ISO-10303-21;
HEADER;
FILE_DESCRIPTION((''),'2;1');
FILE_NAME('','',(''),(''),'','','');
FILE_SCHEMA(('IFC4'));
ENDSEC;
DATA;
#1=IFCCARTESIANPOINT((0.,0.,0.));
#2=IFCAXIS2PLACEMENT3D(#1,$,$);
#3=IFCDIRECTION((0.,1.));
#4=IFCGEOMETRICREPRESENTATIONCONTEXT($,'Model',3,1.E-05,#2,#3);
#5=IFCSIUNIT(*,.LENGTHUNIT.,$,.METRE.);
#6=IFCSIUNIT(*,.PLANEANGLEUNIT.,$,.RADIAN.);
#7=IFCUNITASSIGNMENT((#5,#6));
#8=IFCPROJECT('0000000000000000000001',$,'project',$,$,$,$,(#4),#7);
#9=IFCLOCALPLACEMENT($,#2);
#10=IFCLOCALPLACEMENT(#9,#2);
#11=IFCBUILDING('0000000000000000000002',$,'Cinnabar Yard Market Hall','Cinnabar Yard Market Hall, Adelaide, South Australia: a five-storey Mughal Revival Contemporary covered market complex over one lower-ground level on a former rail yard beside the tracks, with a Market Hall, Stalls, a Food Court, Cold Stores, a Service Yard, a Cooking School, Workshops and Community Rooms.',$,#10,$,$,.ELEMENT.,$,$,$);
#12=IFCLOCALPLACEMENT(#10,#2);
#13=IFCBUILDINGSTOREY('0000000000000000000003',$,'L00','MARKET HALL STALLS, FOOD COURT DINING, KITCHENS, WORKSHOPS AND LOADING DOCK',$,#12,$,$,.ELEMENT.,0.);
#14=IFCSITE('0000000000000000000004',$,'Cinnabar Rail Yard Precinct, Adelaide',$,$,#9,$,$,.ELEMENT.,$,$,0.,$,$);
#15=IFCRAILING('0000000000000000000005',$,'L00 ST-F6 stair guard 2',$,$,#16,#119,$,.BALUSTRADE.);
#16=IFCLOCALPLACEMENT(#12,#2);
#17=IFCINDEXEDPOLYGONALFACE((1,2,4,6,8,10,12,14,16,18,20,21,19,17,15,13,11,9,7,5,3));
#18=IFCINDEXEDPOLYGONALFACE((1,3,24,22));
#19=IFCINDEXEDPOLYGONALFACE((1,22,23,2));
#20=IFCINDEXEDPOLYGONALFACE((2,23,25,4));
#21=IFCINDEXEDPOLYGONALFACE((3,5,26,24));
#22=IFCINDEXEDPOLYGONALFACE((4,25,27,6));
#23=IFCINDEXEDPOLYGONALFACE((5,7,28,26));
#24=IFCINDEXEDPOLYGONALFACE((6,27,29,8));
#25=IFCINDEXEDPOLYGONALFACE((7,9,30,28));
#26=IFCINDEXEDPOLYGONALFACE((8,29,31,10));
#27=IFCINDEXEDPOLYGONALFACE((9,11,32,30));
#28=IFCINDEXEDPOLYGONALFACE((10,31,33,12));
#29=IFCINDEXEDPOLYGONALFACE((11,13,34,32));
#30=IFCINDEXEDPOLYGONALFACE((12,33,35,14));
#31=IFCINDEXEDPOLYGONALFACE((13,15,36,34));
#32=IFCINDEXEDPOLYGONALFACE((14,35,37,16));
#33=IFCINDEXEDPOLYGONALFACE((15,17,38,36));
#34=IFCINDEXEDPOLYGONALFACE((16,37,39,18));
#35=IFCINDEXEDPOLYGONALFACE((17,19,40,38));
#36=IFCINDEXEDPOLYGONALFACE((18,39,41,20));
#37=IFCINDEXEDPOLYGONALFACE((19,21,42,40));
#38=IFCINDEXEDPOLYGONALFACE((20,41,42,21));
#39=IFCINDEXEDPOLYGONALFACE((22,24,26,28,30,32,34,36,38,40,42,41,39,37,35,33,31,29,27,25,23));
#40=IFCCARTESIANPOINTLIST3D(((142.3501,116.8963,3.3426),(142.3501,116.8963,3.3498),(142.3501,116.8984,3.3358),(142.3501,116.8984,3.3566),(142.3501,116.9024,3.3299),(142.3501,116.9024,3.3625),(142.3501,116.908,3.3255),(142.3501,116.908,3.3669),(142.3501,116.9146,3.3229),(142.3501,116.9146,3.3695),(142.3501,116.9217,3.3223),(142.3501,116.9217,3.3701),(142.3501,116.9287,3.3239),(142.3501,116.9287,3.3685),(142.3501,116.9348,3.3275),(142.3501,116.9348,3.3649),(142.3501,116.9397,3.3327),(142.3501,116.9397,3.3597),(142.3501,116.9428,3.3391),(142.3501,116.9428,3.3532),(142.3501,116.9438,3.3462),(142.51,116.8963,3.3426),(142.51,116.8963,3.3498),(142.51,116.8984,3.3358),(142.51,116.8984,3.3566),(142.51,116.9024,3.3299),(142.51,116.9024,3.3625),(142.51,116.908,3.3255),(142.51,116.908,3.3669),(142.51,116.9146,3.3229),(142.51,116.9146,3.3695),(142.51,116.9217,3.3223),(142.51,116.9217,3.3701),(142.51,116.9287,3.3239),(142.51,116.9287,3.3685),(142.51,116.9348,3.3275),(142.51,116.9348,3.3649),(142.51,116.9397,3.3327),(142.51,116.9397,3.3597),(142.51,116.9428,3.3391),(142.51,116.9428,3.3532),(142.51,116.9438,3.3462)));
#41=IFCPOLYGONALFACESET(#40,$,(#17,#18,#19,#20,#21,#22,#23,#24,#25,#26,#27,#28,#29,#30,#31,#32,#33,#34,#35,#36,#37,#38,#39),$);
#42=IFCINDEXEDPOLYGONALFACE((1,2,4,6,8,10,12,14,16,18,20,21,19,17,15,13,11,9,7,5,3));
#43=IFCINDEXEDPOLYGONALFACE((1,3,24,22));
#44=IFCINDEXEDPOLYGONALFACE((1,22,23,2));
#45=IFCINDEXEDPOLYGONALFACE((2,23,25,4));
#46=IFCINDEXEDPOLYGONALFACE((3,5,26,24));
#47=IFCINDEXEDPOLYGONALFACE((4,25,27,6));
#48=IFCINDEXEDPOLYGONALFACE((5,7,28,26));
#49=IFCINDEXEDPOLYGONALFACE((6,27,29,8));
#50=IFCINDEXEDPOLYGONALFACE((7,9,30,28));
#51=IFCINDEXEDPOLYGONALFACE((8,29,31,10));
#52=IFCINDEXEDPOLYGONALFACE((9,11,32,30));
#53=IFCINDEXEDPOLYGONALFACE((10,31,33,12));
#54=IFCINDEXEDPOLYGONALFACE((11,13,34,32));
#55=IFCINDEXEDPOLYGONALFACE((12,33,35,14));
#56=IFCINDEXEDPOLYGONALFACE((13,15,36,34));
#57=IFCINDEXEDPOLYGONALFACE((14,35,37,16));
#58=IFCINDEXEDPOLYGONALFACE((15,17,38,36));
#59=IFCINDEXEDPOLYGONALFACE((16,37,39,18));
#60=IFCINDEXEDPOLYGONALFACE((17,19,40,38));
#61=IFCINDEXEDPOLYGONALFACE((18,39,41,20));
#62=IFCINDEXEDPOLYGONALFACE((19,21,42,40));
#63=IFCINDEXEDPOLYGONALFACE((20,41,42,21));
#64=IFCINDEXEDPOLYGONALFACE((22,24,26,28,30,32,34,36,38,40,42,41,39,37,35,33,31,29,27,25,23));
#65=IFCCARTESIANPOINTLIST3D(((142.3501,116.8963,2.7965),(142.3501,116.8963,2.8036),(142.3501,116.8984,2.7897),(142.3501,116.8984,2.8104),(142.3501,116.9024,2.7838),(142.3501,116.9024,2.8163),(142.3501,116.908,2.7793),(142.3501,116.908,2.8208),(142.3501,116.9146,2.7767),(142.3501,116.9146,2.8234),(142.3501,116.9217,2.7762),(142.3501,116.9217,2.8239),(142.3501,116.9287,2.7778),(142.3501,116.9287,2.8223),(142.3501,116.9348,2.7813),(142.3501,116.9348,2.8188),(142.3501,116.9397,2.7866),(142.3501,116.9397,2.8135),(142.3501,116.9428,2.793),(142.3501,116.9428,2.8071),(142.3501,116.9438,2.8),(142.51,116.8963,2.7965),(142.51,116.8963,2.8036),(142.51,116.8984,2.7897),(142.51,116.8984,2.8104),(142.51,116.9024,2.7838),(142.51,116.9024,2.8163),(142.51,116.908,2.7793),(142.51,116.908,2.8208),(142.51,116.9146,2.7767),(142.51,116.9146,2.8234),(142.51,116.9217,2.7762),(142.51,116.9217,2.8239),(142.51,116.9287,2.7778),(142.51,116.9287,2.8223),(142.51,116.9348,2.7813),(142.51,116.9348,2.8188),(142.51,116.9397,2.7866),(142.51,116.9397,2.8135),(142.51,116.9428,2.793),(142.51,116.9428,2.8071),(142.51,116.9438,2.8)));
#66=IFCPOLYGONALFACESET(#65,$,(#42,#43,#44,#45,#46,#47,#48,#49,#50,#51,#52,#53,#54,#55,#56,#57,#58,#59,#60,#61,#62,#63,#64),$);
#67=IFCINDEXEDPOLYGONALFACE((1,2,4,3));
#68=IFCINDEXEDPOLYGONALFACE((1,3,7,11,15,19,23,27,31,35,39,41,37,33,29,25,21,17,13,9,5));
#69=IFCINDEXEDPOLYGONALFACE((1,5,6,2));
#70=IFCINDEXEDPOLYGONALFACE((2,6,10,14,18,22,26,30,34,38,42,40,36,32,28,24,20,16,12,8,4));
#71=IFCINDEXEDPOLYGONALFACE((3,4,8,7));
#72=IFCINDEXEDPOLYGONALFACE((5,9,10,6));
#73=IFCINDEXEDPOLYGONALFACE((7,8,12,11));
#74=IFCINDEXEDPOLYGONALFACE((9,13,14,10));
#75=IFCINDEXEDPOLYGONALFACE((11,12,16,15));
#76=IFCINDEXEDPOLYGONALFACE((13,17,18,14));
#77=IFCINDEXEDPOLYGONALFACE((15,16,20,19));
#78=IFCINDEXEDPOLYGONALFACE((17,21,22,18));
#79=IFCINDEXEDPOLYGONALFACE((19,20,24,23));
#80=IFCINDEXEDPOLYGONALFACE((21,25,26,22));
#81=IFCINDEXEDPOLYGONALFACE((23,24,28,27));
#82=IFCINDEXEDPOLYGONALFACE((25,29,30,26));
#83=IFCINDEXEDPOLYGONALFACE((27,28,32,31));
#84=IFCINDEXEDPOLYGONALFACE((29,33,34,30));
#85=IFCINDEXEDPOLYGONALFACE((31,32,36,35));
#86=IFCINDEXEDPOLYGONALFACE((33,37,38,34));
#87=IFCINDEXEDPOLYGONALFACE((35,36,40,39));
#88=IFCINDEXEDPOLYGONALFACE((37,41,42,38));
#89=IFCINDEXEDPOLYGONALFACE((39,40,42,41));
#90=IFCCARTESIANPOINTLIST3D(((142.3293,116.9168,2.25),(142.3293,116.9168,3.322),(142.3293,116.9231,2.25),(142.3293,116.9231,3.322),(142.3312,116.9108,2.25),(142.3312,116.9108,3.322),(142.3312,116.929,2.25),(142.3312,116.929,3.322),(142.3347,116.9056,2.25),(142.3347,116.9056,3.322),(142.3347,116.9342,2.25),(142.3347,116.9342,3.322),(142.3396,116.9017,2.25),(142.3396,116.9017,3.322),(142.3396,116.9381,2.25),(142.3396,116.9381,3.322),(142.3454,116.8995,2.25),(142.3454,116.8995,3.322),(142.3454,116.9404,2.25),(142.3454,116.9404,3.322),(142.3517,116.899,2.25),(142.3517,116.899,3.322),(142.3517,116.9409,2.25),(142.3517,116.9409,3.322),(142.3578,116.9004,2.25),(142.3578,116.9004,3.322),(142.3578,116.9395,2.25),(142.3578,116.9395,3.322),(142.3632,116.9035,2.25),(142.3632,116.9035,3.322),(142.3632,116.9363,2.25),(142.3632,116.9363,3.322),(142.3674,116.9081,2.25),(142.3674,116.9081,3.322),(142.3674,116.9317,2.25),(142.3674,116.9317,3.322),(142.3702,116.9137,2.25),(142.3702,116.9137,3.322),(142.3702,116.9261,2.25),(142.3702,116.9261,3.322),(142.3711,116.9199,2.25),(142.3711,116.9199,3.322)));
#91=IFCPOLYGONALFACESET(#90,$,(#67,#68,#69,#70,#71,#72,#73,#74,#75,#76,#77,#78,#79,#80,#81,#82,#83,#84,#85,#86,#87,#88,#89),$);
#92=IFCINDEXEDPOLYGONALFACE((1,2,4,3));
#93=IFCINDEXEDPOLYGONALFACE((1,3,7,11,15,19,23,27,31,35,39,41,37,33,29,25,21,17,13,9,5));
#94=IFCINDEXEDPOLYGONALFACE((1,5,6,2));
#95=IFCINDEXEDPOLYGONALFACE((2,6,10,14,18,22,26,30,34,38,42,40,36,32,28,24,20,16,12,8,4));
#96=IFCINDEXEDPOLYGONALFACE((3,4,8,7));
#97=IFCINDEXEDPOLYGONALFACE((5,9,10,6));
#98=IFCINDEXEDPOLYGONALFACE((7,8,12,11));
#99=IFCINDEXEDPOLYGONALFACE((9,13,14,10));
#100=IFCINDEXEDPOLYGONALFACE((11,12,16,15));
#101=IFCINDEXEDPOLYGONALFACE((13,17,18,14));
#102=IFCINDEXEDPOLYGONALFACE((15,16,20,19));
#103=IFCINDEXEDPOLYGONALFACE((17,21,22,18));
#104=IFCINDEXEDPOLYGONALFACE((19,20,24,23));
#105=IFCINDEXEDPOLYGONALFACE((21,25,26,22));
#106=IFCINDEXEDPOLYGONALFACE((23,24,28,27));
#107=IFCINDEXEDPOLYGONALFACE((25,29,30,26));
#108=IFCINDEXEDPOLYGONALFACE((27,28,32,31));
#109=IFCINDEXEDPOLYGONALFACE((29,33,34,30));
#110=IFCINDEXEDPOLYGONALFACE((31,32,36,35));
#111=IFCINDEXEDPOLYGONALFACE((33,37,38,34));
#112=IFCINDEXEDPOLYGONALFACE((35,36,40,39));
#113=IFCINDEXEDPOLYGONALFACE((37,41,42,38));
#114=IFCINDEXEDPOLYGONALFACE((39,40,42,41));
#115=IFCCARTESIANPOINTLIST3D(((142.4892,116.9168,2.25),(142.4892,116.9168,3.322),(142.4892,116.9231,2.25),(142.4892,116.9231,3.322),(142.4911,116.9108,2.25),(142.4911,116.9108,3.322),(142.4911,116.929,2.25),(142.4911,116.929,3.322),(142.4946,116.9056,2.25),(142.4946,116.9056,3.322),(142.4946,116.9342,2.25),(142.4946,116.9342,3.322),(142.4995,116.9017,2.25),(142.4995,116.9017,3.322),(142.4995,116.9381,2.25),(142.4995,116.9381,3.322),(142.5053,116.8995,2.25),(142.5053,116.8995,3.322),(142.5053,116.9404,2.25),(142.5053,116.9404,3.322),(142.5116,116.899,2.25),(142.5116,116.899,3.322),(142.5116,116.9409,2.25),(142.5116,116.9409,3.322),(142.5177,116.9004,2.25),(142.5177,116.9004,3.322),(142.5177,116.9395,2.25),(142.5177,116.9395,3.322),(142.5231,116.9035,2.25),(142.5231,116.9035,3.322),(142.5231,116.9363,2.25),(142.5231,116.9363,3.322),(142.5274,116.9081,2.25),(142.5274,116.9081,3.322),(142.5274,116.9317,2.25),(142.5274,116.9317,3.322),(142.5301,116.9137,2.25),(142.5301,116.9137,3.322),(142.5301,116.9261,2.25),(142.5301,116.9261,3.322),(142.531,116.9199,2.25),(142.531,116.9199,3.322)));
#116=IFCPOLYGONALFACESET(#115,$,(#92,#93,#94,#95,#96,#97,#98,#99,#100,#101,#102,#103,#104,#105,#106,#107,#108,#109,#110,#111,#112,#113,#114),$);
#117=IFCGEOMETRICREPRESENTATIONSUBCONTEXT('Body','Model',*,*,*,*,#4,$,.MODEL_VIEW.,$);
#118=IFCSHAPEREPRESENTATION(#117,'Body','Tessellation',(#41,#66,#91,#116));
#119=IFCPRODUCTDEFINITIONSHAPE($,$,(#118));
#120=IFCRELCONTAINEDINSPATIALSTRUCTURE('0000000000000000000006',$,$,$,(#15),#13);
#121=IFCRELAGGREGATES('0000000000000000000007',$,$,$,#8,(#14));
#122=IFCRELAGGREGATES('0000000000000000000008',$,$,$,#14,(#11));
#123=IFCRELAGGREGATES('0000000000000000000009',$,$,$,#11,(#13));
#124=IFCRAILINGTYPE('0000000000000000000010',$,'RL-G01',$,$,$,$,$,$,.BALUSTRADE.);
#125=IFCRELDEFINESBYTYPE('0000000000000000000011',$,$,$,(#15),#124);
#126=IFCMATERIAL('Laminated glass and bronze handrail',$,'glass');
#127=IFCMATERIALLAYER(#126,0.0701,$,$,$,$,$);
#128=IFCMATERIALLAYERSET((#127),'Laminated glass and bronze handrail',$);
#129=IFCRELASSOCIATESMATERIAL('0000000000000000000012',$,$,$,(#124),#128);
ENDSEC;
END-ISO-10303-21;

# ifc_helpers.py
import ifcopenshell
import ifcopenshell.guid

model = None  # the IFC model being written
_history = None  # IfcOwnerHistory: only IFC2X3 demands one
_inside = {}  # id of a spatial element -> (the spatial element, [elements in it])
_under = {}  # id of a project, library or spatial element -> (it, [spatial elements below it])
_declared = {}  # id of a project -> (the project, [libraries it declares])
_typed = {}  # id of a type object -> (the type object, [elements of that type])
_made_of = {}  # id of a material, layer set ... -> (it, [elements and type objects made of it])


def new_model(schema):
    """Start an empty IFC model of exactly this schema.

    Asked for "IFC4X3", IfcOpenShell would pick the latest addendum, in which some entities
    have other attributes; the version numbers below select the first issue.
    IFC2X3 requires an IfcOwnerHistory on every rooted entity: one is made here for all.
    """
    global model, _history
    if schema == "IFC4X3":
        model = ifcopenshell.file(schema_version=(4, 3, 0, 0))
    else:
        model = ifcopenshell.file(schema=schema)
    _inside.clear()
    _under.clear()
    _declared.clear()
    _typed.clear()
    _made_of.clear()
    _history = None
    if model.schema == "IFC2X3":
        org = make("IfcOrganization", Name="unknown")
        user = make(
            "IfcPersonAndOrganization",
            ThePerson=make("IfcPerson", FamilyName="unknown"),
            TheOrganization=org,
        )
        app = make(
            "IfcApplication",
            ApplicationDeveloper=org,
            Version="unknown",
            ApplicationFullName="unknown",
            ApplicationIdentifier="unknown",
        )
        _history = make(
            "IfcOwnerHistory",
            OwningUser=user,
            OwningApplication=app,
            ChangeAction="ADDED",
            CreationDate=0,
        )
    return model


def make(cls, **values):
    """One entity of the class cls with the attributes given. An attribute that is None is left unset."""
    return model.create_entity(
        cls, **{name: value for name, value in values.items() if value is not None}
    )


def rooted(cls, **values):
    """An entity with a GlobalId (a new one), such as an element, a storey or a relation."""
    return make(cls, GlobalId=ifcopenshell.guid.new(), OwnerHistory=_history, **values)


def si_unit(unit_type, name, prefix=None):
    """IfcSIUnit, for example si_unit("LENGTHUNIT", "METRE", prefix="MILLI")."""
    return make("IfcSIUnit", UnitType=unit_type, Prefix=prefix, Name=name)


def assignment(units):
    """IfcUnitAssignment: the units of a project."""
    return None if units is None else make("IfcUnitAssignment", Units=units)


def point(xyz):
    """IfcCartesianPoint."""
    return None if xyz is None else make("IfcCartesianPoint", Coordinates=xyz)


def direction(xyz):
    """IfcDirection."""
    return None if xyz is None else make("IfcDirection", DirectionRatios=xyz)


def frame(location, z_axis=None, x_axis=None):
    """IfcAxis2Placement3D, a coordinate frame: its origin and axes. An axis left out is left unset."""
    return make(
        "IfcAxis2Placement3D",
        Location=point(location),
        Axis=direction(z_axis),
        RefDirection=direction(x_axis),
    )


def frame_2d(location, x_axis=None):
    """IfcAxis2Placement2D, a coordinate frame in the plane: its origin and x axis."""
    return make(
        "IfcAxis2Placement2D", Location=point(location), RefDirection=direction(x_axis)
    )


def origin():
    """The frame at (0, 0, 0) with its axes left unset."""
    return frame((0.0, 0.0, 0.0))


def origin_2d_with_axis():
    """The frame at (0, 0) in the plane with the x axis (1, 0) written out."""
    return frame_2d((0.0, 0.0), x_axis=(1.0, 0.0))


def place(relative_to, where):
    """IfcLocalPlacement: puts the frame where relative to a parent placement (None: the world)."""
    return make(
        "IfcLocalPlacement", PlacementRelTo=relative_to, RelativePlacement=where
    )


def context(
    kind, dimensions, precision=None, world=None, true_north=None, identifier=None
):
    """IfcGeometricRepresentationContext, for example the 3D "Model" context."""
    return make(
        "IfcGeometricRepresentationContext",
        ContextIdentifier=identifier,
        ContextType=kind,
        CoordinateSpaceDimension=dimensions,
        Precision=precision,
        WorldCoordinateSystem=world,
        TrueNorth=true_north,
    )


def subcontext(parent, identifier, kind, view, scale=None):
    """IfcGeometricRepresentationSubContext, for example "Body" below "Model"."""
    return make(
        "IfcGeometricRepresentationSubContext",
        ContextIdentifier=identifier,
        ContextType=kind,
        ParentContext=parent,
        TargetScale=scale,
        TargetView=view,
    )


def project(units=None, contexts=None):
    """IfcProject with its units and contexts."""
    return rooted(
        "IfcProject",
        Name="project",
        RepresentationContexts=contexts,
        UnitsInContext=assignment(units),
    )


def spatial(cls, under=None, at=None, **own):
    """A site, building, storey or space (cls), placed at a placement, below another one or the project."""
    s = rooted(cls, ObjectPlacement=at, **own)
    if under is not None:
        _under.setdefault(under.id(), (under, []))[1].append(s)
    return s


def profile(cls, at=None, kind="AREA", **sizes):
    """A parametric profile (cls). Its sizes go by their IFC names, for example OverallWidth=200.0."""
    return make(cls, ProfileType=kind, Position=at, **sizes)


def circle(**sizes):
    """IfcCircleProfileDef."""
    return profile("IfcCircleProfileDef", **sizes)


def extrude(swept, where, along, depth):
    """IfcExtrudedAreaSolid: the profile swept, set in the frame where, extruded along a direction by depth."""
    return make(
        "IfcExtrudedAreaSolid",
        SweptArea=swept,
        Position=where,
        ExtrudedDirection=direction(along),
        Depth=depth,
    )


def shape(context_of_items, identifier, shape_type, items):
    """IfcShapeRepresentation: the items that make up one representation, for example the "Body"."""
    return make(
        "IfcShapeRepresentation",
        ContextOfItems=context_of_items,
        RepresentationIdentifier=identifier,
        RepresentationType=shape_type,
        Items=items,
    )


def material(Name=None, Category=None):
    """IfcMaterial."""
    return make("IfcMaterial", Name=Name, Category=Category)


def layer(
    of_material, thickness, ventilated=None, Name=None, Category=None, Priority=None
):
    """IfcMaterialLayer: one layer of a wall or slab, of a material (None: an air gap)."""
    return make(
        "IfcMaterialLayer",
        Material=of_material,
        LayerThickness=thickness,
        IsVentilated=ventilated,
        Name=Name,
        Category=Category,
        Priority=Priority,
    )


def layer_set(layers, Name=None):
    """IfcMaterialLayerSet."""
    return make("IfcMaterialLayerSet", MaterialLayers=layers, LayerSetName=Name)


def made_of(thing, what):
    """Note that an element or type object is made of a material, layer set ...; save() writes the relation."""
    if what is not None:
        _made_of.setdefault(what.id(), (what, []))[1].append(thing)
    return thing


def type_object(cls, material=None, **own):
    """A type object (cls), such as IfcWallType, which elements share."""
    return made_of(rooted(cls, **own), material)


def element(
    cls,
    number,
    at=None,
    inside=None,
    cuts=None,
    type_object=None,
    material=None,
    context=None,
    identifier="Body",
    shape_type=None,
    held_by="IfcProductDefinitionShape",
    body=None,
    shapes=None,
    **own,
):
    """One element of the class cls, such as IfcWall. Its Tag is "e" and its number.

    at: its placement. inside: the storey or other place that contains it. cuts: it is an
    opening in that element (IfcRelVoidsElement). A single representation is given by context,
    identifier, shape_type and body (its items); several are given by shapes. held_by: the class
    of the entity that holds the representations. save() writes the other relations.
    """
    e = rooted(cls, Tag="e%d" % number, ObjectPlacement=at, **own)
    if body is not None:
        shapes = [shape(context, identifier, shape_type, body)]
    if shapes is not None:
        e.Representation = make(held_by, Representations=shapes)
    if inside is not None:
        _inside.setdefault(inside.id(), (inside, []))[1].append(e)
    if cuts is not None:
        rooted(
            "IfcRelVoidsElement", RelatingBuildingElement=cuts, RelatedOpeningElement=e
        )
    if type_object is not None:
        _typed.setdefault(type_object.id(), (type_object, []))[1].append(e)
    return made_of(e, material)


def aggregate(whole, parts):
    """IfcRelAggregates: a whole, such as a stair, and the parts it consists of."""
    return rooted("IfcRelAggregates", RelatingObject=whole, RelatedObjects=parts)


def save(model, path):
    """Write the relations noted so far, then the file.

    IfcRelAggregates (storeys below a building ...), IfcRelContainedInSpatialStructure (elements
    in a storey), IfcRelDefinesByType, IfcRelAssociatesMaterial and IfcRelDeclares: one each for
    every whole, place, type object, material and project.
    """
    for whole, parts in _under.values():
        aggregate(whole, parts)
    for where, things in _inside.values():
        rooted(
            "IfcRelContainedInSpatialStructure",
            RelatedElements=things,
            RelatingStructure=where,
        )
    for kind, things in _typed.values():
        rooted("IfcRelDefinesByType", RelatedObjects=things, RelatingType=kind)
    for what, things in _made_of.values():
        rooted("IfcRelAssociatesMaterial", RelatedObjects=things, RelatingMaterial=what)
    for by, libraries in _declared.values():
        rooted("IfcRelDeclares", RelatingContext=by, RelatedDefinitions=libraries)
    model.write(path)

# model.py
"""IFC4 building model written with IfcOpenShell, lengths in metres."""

from ifc_helpers import new_model, si_unit, direction, frame, origin, origin_2d_with_axis, place, context, subcontext, project, spatial, circle, extrude, material, layer, layer_set, type_object, element, save


model = new_model("IFC4")

# Units and contexts
model_context = context("Model", 3, precision=1e-05, world=origin(), true_north=direction((0.0, 1.0)))
body_context = subcontext(model_context, "Body", "Model", "MODEL_VIEW")
ifc_project = project(units=[si_unit("LENGTHUNIT", "METRE"), si_unit("PLANEANGLEUNIT", "RADIAN")], contexts=[model_context])

# Site, building, storey
site_placement = place(None, origin())
site = spatial("IfcSite", under=ifc_project, at=site_placement, Name="Cinnabar Rail Yard Precinct, Adelaide", CompositionType="ELEMENT", RefElevation=0.0)
building_placement = place(site_placement, origin())
building = spatial("IfcBuilding", under=site, at=building_placement, Name="Cinnabar Yard Market Hall", Description="Cinnabar Yard Market Hall, Adelaide, South Australia: a five-storey Mughal Revival Contemporary covered market complex over one lower-ground level on a former rail yard beside the tracks, with a Market Hall, Stalls, a Food Court, Cold Stores, a Service Yard, a Cooking School, Workshops and Community Rooms.", CompositionType="ELEMENT")
storey_placement = place(building_placement, origin())
storey = spatial("IfcBuildingStorey", under=building, at=storey_placement, Name="L00", Description="MARKET HALL STALLS, FOOD COURT DINING, KITCHENS, WORKSHOPS AND LOADING DOCK", CompositionType="ELEMENT", Elevation=0.0)

# Railing
ifc_material_1 = material(Name="Laminated glass and bronze handrail", Category="glass")
ifc_layer_1 = layer(ifc_material_1, 0.0701)
ifc_layer_set_1 = layer_set([ifc_layer_1], Name="Laminated glass and bronze handrail")
railing_type_1 = type_object("IfcRailingType", Name="RL-G01", PredefinedType="BALUSTRADE", material=ifc_layer_set_1)
railing_1_placement = place(storey_placement, frame((142.3501, 116.9199, 2.25)))
element("IfcRailing", 1, at=railing_1_placement, inside=storey, type_object=railing_type_1, Name="L00 ST-F6 stair guard 2", PredefinedType="BALUSTRADE", context=body_context, shape_type="SweptSolid", body=[
    extrude(circle(Radius=0.0239, at=origin_2d_with_axis()), frame((0.0, 0.0, 1.0962), z_axis=(1.0, 0.0, 0.0), x_axis=(0.0, 1.0, 0.0)), (0.0, 0.0, 1.0), 0.1599),
    extrude(circle(Radius=0.0239, at=origin_2d_with_axis()), frame((0.0, 0.0, 0.55), z_axis=(1.0, 0.0, 0.0), x_axis=(0.0, 1.0, 0.0)), (0.0, 0.0, 1.0), 0.1599),
    extrude(circle(Radius=0.021, at=origin_2d_with_axis()), origin(), (0.0, 0.0, 1.0), 1.072),
    extrude(circle(Radius=0.021, at=origin_2d_with_axis()), frame((0.1599, 0.0, 0.0)), (0.0, 0.0, 1.0), 1.072),
])

save(model, "model.ifc")
